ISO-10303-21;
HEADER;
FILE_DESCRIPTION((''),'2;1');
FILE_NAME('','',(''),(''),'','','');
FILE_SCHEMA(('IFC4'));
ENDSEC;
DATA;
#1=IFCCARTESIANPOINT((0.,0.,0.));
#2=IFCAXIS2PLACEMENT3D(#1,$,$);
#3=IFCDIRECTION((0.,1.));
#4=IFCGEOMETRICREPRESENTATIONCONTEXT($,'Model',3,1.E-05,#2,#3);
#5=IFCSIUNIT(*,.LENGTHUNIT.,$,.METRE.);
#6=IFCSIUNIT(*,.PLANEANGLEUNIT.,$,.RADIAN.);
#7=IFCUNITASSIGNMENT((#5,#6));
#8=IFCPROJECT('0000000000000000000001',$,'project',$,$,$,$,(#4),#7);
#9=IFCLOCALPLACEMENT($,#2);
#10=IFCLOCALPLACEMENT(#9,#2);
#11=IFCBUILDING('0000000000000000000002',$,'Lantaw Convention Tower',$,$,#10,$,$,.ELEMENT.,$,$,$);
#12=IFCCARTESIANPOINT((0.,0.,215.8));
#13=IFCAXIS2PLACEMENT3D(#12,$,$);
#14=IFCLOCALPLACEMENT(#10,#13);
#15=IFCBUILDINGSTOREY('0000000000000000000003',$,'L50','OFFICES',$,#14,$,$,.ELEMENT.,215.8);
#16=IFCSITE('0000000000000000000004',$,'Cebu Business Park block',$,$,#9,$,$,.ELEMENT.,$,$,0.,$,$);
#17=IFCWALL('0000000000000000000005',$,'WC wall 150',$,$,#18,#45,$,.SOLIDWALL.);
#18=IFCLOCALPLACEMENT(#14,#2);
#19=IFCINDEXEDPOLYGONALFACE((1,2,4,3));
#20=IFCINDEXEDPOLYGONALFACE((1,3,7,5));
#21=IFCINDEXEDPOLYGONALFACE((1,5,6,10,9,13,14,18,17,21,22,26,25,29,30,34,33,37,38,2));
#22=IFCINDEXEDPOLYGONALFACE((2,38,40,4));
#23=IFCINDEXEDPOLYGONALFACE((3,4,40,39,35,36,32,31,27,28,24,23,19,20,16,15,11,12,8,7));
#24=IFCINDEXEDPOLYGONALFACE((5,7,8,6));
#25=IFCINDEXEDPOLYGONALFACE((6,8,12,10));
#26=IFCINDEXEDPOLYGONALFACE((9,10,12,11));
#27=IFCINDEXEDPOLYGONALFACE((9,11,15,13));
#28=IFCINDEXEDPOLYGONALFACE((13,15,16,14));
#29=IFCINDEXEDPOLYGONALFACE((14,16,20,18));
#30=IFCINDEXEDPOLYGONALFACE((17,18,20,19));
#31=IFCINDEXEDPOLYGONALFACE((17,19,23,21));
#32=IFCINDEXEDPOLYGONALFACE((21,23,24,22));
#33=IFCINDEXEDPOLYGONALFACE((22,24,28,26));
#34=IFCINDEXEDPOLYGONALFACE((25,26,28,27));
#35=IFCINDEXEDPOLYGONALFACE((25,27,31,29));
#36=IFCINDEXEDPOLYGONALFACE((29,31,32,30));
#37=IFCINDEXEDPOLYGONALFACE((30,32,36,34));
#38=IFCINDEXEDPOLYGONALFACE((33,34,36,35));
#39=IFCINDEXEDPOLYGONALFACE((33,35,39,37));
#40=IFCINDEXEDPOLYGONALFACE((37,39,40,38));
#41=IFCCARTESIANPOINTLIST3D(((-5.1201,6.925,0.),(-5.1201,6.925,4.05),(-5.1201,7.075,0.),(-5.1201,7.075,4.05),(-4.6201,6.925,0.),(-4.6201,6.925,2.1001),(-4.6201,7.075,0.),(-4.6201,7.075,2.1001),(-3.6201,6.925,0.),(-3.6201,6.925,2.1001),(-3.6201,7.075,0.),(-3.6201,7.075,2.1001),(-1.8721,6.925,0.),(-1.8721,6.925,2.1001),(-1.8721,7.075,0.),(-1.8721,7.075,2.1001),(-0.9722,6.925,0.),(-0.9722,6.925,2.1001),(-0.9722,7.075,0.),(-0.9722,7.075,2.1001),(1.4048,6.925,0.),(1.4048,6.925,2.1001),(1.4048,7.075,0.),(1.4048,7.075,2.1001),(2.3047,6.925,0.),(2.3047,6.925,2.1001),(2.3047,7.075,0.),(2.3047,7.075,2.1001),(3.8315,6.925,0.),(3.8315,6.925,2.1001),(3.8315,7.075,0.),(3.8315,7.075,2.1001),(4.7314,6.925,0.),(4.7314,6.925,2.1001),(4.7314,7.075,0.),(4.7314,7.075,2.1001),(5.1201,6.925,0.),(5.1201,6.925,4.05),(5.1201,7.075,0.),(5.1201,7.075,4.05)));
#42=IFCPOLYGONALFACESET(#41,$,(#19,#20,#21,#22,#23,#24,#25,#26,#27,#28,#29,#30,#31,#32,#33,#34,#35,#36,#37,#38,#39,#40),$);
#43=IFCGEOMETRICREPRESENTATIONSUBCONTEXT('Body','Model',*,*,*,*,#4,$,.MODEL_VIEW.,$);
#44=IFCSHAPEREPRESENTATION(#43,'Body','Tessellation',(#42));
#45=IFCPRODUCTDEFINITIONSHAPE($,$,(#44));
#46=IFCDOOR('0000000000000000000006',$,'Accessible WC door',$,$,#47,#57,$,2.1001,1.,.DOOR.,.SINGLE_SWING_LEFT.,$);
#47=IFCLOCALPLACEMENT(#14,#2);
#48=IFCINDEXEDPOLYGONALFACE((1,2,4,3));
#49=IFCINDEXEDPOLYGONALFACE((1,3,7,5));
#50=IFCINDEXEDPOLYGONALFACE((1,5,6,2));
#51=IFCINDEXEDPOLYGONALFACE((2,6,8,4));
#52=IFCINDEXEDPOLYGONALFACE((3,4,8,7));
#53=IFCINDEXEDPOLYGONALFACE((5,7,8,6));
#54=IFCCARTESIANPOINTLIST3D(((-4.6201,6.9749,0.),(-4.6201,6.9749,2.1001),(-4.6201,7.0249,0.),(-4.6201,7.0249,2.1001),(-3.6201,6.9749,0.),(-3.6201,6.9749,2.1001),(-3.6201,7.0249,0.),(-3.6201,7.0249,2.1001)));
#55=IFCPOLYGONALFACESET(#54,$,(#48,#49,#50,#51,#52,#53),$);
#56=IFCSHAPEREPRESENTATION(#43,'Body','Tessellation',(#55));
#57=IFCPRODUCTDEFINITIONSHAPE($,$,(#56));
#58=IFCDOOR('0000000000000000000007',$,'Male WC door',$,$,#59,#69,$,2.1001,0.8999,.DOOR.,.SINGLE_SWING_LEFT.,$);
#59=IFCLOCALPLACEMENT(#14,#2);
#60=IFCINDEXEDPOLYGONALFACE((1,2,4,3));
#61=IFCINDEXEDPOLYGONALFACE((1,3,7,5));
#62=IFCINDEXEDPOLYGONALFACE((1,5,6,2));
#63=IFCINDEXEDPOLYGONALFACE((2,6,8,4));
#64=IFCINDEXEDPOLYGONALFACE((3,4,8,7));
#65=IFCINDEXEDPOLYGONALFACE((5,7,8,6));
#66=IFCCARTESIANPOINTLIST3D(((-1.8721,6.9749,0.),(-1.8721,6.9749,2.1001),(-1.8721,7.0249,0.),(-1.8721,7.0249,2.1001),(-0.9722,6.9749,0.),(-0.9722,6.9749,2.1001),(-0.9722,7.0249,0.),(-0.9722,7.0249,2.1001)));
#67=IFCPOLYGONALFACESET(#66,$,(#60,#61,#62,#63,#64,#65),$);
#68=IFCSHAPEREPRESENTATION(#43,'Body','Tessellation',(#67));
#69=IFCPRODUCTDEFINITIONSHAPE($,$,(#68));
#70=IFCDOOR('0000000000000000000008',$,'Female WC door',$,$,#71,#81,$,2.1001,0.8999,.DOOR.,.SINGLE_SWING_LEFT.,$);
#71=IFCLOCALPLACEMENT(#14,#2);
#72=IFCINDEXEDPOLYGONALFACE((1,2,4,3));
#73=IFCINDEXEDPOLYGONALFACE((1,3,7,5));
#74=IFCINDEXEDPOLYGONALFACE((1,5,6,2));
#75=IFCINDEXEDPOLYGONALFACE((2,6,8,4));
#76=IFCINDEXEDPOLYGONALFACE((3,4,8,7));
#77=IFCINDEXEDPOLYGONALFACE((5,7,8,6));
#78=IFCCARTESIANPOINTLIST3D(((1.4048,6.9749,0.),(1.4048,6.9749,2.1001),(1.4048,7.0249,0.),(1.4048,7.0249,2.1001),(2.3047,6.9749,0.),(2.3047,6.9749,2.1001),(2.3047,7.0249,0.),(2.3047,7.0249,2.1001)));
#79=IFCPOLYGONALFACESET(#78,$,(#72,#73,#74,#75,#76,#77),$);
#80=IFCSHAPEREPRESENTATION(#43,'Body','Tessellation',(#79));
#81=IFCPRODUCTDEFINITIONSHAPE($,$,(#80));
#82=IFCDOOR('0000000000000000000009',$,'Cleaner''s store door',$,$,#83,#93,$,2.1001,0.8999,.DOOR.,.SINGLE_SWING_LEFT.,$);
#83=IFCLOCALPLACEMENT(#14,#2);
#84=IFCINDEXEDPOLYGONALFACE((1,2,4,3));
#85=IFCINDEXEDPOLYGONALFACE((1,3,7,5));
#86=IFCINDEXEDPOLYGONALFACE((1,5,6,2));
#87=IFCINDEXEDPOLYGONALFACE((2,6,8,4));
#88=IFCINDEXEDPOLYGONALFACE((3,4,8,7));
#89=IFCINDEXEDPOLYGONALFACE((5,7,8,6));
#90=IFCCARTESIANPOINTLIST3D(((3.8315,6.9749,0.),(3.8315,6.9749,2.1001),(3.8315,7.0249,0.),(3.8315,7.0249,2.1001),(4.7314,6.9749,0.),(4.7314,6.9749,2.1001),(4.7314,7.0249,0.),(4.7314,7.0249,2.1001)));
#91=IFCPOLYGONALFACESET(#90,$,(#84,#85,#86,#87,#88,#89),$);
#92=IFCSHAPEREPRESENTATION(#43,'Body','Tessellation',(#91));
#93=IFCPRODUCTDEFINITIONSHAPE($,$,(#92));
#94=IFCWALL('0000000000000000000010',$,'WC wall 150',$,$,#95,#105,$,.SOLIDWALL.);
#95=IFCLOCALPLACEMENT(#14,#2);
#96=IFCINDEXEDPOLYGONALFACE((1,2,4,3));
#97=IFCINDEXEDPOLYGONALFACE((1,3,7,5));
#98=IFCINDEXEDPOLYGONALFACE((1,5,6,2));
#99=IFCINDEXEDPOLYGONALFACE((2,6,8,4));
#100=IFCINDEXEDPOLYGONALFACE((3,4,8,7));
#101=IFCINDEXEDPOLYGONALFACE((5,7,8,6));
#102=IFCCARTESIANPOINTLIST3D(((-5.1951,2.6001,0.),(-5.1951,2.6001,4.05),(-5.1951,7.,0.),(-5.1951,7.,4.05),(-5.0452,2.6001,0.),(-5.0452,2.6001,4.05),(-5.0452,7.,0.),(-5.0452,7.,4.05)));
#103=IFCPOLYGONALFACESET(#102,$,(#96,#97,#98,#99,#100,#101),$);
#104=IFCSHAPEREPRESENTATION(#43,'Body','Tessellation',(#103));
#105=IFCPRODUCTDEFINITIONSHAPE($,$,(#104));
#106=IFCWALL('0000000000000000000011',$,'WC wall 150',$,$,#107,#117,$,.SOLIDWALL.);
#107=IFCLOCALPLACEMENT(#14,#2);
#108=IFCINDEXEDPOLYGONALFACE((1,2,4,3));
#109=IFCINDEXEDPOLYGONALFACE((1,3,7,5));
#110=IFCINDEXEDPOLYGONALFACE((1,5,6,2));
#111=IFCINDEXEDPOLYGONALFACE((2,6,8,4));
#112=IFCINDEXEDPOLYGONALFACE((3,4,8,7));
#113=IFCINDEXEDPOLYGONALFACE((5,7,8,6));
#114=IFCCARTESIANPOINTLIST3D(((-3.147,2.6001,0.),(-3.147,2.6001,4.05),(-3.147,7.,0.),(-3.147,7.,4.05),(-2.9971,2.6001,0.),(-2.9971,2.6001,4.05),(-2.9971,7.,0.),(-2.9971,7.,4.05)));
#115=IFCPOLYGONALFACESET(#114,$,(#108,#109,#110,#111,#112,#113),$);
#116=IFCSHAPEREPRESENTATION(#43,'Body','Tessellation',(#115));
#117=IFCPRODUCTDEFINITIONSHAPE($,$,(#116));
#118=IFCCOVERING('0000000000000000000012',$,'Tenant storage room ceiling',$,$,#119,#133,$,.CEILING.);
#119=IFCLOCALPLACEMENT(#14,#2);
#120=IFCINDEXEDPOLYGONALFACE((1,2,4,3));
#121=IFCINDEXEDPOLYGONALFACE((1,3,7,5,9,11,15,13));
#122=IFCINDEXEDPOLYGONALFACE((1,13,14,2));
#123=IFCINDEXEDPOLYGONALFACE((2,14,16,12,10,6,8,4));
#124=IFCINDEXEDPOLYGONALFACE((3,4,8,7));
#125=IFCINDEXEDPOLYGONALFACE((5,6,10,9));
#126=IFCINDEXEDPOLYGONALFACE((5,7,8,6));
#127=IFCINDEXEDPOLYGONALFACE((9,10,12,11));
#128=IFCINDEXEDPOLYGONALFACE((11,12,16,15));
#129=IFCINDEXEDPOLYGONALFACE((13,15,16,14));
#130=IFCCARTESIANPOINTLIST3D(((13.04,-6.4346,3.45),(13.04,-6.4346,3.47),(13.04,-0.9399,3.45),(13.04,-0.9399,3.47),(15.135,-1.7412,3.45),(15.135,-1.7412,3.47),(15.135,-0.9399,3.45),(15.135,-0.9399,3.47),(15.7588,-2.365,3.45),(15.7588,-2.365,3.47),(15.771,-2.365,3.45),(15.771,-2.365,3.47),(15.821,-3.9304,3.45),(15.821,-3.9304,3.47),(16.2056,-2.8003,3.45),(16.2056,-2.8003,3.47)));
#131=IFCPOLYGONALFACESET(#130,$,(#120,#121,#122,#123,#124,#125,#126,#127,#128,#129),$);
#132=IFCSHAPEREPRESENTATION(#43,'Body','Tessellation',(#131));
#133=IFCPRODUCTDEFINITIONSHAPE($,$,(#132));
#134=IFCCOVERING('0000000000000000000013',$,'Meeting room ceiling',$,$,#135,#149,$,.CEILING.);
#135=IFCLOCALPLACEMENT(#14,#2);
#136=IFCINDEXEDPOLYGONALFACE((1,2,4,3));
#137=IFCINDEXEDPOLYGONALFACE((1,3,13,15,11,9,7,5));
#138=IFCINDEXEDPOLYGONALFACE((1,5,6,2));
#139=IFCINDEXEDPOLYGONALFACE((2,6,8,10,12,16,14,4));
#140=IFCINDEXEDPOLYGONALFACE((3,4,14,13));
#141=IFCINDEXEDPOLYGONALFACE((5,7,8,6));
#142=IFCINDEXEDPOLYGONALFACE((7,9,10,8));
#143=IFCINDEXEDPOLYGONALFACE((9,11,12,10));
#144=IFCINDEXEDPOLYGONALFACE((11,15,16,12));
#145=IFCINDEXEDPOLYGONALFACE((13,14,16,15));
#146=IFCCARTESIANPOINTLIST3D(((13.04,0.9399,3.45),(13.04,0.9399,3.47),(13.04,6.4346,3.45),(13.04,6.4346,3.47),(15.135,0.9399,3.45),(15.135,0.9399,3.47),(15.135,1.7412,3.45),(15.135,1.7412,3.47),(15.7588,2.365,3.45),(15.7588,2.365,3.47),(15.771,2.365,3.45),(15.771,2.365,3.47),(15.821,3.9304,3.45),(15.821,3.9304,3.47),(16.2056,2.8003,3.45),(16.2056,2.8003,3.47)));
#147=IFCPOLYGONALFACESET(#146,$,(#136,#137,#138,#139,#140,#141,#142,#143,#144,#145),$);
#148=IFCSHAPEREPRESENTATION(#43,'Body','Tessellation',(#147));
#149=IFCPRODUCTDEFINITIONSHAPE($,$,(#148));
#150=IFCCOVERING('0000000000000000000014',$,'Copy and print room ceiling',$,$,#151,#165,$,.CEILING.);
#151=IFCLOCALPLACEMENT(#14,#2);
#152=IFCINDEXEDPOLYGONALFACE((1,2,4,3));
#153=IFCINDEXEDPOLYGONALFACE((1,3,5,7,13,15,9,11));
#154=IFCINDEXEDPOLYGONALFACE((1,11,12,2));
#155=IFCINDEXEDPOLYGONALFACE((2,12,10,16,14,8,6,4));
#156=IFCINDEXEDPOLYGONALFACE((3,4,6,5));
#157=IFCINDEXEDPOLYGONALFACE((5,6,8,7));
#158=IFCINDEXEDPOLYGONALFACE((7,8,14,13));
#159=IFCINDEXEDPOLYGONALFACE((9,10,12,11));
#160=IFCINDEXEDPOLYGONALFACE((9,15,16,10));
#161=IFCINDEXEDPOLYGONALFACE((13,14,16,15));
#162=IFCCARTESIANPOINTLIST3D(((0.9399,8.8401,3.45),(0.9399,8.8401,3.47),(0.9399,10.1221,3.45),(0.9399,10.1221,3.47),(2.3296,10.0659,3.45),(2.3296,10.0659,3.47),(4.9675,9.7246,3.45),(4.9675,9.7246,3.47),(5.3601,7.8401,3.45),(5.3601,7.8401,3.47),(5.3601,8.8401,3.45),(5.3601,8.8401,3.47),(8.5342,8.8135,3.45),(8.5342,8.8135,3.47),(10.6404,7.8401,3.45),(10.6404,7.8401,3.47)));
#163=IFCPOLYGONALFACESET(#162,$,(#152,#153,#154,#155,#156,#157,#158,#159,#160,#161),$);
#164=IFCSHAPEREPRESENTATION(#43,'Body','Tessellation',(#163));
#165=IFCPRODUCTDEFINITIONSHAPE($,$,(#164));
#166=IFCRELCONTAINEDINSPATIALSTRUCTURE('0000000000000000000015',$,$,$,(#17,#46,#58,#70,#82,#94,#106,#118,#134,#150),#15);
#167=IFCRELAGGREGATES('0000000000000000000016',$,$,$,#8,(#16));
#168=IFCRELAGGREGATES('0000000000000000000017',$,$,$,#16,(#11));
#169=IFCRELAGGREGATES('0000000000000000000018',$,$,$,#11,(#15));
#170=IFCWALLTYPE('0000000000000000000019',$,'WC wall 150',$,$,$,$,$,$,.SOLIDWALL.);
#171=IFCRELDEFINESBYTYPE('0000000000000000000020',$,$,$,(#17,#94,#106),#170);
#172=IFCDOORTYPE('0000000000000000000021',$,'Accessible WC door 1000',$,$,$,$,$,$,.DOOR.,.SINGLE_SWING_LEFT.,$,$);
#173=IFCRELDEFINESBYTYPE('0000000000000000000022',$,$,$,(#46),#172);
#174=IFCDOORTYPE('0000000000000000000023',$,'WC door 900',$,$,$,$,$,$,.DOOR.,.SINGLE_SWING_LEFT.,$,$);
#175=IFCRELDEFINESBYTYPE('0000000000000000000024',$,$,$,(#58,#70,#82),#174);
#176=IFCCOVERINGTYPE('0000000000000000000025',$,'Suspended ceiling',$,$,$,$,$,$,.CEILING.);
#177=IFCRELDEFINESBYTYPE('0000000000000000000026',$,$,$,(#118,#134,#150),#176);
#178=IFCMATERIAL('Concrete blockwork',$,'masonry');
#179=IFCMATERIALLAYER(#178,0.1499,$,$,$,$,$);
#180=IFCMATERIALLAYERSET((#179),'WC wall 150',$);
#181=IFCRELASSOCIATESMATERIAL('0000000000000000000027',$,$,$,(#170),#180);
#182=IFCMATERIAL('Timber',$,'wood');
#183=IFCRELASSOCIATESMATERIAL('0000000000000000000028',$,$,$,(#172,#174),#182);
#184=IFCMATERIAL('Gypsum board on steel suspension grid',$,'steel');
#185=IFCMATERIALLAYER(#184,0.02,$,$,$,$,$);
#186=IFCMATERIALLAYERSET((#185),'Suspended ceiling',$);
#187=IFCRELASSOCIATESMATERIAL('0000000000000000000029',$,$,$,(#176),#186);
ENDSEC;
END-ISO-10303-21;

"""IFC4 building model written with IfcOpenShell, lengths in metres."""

from ifc_helpers import new_model, si_unit, direction, frame, frame_2d, origin, place, context, subcontext, project, spatial, polyline, rectangle, outline, extrude, material, layer, layer_set, type_object, element, fill, save


model = new_model("IFC4")

# Units and contexts
model_context = context("Model", 3, precision=1e-05, world=origin(), true_north=direction((0.0, 1.0)))
body_context = subcontext(model_context, "Body", "Model", "MODEL_VIEW")
ifc_project = project(units=[si_unit("LENGTHUNIT", "METRE"), si_unit("PLANEANGLEUNIT", "RADIAN")], contexts=[model_context])

# Site, building, storey
site_placement = place(None, origin())
site = spatial("IfcSite", under=ifc_project, at=site_placement, Name="Cebu Business Park block", CompositionType="ELEMENT", RefElevation=0.0)
building_placement = place(site_placement, origin())
building = spatial("IfcBuilding", under=site, at=building_placement, Name="Lantaw Convention Tower", CompositionType="ELEMENT")
storey_placement = place(building_placement, frame((0.0, 0.0, 215.8)))
storey = spatial("IfcBuildingStorey", under=building, at=storey_placement, Name="L50", Description="OFFICES", CompositionType="ELEMENT", Elevation=215.8)

# Wall, openings, doors
ifc_material_1 = material(Name="Concrete blockwork", Category="masonry")
ifc_layer_1 = layer(ifc_material_1, 0.1499)
ifc_layer_set_1 = layer_set([ifc_layer_1], Name="WC wall 150")
wall_type_1 = type_object("IfcWallType", Name="WC wall 150", PredefinedType="SOLIDWALL", material=ifc_layer_set_1)
wall_1_placement = place(storey_placement, frame((-5.1201, 7.0, 0.0), z_axis=(0.0, 0.0, 1.0), x_axis=(1.0, 0.0, 0.0)))
wall_1 = element("IfcWall", 1, at=wall_1_placement, inside=storey, type_object=wall_type_1, Name="WC wall 150", PredefinedType="SOLIDWALL", context=body_context, shape_type="SweptSolid", body=[
    extrude(rectangle(XDim=10.2402, YDim=0.1499, at=frame_2d((5.1201, 0.0))), origin(), (0.0, 0.0, 1.0), 4.05),
])
opening_1_placement = place(wall_1_placement, frame((0.5, 0.0, 0.0)))
opening_1 = element("IfcOpeningElement", 2, at=opening_1_placement, cuts=wall_1, PredefinedType="OPENING", context=body_context, shape_type="SweptSolid", body=[
    extrude(rectangle(XDim=1.0, YDim=2.1001, at=frame_2d((0.5, 1.05))), frame((0.0, 0.085, 0.0), z_axis=(0.0, -1.0, 0.0), x_axis=(1.0, 0.0, 0.0)), (0.0, 0.0, 1.0), 0.1699),
])
opening_2_placement = place(wall_1_placement, frame((3.248, 0.0, 0.0)))
opening_2 = element("IfcOpeningElement", 3, at=opening_2_placement, cuts=wall_1, PredefinedType="OPENING", context=body_context, shape_type="SweptSolid", body=[
    extrude(rectangle(XDim=0.8999, YDim=2.1001, at=frame_2d((0.45, 1.05))), frame((0.0, 0.085, 0.0), z_axis=(0.0, -1.0, 0.0), x_axis=(1.0, 0.0, 0.0)), (0.0, 0.0, 1.0), 0.1699),
])
opening_3_placement = place(wall_1_placement, frame((6.5249, 0.0, 0.0)))
opening_3 = element("IfcOpeningElement", 4, at=opening_3_placement, cuts=wall_1, PredefinedType="OPENING", context=body_context, shape_type="SweptSolid", body=[
    extrude(rectangle(XDim=0.8999, YDim=2.1001, at=frame_2d((0.45, 1.05))), frame((0.0, 0.085, 0.0), z_axis=(0.0, -1.0, 0.0), x_axis=(1.0, 0.0, 0.0)), (0.0, 0.0, 1.0), 0.1699),
])
opening_4_placement = place(wall_1_placement, frame((8.9517, 0.0, 0.0)))
opening_4 = element("IfcOpeningElement", 5, at=opening_4_placement, cuts=wall_1, PredefinedType="OPENING", context=body_context, shape_type="SweptSolid", body=[
    extrude(rectangle(XDim=0.8999, YDim=2.1001, at=frame_2d((0.45, 1.05))), frame((0.0, 0.085, 0.0), z_axis=(0.0, -1.0, 0.0), x_axis=(1.0, 0.0, 0.0)), (0.0, 0.0, 1.0), 0.1699),
])
ifc_material_2 = material(Name="Timber", Category="wood")
door_type_1 = type_object("IfcDoorType", Name="Accessible WC door 1000", OperationType="SINGLE_SWING_LEFT", PredefinedType="DOOR", material=ifc_material_2)
door_1_placement = place(opening_1_placement, origin())
door_1 = element("IfcDoor", 6, at=door_1_placement, inside=storey, type_object=door_type_1, Name="Accessible WC door", OperationType="SINGLE_SWING_LEFT", OverallHeight=2.1001, OverallWidth=1.0, PredefinedType="DOOR", context=body_context, shape_type="SweptSolid", body=[
    extrude(rectangle(XDim=1.0, YDim=2.1001, at=frame_2d((0.5, 1.05))), frame((0.0, 0.0249, 0.0), z_axis=(0.0, -1.0, 0.0), x_axis=(1.0, 0.0, 0.0)), (0.0, 0.0, 1.0), 0.05),
])
fill(opening_1, door_1)
door_type_2 = type_object("IfcDoorType", Name="WC door 900", OperationType="SINGLE_SWING_LEFT", PredefinedType="DOOR", material=ifc_material_2)
door_2_placement = place(opening_2_placement, origin())
door_2 = element("IfcDoor", 7, at=door_2_placement, inside=storey, type_object=door_type_2, Name="Male WC door", OperationType="SINGLE_SWING_LEFT", OverallHeight=2.1001, OverallWidth=0.8999, PredefinedType="DOOR", context=body_context, shape_type="SweptSolid", body=[
    extrude(rectangle(XDim=0.8999, YDim=2.1001, at=frame_2d((0.45, 1.05))), frame((0.0, 0.0249, 0.0), z_axis=(0.0, -1.0, 0.0), x_axis=(1.0, 0.0, 0.0)), (0.0, 0.0, 1.0), 0.05),
])
fill(opening_2, door_2)
door_3_placement = place(opening_3_placement, origin())
door_3 = element("IfcDoor", 8, at=door_3_placement, inside=storey, type_object=door_type_2, Name="Female WC door", OperationType="SINGLE_SWING_LEFT", OverallHeight=2.1001, OverallWidth=0.8999, PredefinedType="DOOR", context=body_context, shape_type="SweptSolid", body=[
    extrude(rectangle(XDim=0.8999, YDim=2.1001, at=frame_2d((0.45, 1.05))), frame((0.0, 0.0249, 0.0), z_axis=(0.0, -1.0, 0.0), x_axis=(1.0, 0.0, 0.0)), (0.0, 0.0, 1.0), 0.05),
])
fill(opening_3, door_3)
door_4_placement = place(opening_4_placement, origin())
door_4 = element("IfcDoor", 9, at=door_4_placement, inside=storey, type_object=door_type_2, Name="Cleaner's store door", OperationType="SINGLE_SWING_LEFT", OverallHeight=2.1001, OverallWidth=0.8999, PredefinedType="DOOR", context=body_context, shape_type="SweptSolid", body=[
    extrude(rectangle(XDim=0.8999, YDim=2.1001, at=frame_2d((0.45, 1.05))), frame((0.0, 0.0249, 0.0), z_axis=(0.0, -1.0, 0.0), x_axis=(1.0, 0.0, 0.0)), (0.0, 0.0, 1.0), 0.05),
])
fill(opening_4, door_4)

# Walls
for number, where, z_axis, x_axis, name in (
    (10, (-5.1201, 2.6001, 0.0), (0.0, 0.0, 1.0), (0.0, 1.0, 0.0), "WC wall 150"),
    (11, (-3.072, 2.6001, 0.0), (0.0, 0.0, 1.0), (0.0, 1.0, 0.0), "WC wall 150"),
):
    element("IfcWall", number, at=place(storey_placement, frame(where, z_axis=z_axis, x_axis=x_axis)), inside=storey, type_object=wall_type_1, Name=name, PredefinedType="SOLIDWALL", context=body_context, shape_type="SweptSolid", body=[
        extrude(rectangle(XDim=4.3999, YDim=0.1499, at=frame_2d((2.2, 0.0))), origin(), (0.0, 0.0, 1.0), 4.05),
    ])

# Coverings
ifc_material_3 = material(Name="Gypsum board on steel suspension grid", Category="steel")
ifc_layer_2 = layer(ifc_material_3, 0.02)
ifc_layer_set_2 = layer_set([ifc_layer_2], Name="Suspended ceiling")
covering_type = type_object("IfcCoveringType", Name="Suspended ceiling", PredefinedType="CEILING", material=ifc_layer_set_2)
covering_1_placement = place(storey_placement, frame((0.0, 0.0, 3.45)))
element("IfcCovering", 12, at=covering_1_placement, inside=storey, type_object=covering_type, Name="Tenant storage room ceiling", PredefinedType="CEILING", context=body_context, shape_type="SweptSolid", body=[
    extrude(outline(polyline([(15.135, -1.7412), (15.135, -0.9399), (13.04, -0.9399), (13.04, -6.4346), (15.821, -3.9304), (16.2056, -2.8003), (15.771, -2.365), (15.7588, -2.365), (15.135, -1.7412)])), origin(), (0.0, 0.0, 1.0), 0.02),
])
covering_2_placement = place(storey_placement, frame((0.0, 0.0, 3.45)))
element("IfcCovering", 13, at=covering_2_placement, inside=storey, type_object=covering_type, Name="Meeting room ceiling", PredefinedType="CEILING", context=body_context, shape_type="SweptSolid", body=[
    extrude(outline(polyline([(15.771, 2.365), (16.2056, 2.8003), (15.821, 3.9304), (13.04, 6.4346), (13.04, 0.9399), (15.135, 0.9399), (15.135, 1.7412), (15.7588, 2.365), (15.771, 2.365)])), origin(), (0.0, 0.0, 1.0), 0.02),
])
covering_3_placement = place(storey_placement, frame((0.0, 0.0, 3.45)))
element("IfcCovering", 14, at=covering_3_placement, inside=storey, type_object=covering_type, Name="Copy and print room ceiling", PredefinedType="CEILING", context=body_context, shape_type="SweptSolid", body=[
    extrude(outline(polyline([(5.3601, 7.8401), (10.6404, 7.8401), (8.5342, 8.8135), (4.9675, 9.7246), (2.3296, 10.0659), (0.9399, 10.1221), (0.9399, 8.8401), (5.3601, 8.8401), (5.3601, 7.8401)])), origin(), (0.0, 0.0, 1.0), 0.02),
])

save(model, "model.ifc")
